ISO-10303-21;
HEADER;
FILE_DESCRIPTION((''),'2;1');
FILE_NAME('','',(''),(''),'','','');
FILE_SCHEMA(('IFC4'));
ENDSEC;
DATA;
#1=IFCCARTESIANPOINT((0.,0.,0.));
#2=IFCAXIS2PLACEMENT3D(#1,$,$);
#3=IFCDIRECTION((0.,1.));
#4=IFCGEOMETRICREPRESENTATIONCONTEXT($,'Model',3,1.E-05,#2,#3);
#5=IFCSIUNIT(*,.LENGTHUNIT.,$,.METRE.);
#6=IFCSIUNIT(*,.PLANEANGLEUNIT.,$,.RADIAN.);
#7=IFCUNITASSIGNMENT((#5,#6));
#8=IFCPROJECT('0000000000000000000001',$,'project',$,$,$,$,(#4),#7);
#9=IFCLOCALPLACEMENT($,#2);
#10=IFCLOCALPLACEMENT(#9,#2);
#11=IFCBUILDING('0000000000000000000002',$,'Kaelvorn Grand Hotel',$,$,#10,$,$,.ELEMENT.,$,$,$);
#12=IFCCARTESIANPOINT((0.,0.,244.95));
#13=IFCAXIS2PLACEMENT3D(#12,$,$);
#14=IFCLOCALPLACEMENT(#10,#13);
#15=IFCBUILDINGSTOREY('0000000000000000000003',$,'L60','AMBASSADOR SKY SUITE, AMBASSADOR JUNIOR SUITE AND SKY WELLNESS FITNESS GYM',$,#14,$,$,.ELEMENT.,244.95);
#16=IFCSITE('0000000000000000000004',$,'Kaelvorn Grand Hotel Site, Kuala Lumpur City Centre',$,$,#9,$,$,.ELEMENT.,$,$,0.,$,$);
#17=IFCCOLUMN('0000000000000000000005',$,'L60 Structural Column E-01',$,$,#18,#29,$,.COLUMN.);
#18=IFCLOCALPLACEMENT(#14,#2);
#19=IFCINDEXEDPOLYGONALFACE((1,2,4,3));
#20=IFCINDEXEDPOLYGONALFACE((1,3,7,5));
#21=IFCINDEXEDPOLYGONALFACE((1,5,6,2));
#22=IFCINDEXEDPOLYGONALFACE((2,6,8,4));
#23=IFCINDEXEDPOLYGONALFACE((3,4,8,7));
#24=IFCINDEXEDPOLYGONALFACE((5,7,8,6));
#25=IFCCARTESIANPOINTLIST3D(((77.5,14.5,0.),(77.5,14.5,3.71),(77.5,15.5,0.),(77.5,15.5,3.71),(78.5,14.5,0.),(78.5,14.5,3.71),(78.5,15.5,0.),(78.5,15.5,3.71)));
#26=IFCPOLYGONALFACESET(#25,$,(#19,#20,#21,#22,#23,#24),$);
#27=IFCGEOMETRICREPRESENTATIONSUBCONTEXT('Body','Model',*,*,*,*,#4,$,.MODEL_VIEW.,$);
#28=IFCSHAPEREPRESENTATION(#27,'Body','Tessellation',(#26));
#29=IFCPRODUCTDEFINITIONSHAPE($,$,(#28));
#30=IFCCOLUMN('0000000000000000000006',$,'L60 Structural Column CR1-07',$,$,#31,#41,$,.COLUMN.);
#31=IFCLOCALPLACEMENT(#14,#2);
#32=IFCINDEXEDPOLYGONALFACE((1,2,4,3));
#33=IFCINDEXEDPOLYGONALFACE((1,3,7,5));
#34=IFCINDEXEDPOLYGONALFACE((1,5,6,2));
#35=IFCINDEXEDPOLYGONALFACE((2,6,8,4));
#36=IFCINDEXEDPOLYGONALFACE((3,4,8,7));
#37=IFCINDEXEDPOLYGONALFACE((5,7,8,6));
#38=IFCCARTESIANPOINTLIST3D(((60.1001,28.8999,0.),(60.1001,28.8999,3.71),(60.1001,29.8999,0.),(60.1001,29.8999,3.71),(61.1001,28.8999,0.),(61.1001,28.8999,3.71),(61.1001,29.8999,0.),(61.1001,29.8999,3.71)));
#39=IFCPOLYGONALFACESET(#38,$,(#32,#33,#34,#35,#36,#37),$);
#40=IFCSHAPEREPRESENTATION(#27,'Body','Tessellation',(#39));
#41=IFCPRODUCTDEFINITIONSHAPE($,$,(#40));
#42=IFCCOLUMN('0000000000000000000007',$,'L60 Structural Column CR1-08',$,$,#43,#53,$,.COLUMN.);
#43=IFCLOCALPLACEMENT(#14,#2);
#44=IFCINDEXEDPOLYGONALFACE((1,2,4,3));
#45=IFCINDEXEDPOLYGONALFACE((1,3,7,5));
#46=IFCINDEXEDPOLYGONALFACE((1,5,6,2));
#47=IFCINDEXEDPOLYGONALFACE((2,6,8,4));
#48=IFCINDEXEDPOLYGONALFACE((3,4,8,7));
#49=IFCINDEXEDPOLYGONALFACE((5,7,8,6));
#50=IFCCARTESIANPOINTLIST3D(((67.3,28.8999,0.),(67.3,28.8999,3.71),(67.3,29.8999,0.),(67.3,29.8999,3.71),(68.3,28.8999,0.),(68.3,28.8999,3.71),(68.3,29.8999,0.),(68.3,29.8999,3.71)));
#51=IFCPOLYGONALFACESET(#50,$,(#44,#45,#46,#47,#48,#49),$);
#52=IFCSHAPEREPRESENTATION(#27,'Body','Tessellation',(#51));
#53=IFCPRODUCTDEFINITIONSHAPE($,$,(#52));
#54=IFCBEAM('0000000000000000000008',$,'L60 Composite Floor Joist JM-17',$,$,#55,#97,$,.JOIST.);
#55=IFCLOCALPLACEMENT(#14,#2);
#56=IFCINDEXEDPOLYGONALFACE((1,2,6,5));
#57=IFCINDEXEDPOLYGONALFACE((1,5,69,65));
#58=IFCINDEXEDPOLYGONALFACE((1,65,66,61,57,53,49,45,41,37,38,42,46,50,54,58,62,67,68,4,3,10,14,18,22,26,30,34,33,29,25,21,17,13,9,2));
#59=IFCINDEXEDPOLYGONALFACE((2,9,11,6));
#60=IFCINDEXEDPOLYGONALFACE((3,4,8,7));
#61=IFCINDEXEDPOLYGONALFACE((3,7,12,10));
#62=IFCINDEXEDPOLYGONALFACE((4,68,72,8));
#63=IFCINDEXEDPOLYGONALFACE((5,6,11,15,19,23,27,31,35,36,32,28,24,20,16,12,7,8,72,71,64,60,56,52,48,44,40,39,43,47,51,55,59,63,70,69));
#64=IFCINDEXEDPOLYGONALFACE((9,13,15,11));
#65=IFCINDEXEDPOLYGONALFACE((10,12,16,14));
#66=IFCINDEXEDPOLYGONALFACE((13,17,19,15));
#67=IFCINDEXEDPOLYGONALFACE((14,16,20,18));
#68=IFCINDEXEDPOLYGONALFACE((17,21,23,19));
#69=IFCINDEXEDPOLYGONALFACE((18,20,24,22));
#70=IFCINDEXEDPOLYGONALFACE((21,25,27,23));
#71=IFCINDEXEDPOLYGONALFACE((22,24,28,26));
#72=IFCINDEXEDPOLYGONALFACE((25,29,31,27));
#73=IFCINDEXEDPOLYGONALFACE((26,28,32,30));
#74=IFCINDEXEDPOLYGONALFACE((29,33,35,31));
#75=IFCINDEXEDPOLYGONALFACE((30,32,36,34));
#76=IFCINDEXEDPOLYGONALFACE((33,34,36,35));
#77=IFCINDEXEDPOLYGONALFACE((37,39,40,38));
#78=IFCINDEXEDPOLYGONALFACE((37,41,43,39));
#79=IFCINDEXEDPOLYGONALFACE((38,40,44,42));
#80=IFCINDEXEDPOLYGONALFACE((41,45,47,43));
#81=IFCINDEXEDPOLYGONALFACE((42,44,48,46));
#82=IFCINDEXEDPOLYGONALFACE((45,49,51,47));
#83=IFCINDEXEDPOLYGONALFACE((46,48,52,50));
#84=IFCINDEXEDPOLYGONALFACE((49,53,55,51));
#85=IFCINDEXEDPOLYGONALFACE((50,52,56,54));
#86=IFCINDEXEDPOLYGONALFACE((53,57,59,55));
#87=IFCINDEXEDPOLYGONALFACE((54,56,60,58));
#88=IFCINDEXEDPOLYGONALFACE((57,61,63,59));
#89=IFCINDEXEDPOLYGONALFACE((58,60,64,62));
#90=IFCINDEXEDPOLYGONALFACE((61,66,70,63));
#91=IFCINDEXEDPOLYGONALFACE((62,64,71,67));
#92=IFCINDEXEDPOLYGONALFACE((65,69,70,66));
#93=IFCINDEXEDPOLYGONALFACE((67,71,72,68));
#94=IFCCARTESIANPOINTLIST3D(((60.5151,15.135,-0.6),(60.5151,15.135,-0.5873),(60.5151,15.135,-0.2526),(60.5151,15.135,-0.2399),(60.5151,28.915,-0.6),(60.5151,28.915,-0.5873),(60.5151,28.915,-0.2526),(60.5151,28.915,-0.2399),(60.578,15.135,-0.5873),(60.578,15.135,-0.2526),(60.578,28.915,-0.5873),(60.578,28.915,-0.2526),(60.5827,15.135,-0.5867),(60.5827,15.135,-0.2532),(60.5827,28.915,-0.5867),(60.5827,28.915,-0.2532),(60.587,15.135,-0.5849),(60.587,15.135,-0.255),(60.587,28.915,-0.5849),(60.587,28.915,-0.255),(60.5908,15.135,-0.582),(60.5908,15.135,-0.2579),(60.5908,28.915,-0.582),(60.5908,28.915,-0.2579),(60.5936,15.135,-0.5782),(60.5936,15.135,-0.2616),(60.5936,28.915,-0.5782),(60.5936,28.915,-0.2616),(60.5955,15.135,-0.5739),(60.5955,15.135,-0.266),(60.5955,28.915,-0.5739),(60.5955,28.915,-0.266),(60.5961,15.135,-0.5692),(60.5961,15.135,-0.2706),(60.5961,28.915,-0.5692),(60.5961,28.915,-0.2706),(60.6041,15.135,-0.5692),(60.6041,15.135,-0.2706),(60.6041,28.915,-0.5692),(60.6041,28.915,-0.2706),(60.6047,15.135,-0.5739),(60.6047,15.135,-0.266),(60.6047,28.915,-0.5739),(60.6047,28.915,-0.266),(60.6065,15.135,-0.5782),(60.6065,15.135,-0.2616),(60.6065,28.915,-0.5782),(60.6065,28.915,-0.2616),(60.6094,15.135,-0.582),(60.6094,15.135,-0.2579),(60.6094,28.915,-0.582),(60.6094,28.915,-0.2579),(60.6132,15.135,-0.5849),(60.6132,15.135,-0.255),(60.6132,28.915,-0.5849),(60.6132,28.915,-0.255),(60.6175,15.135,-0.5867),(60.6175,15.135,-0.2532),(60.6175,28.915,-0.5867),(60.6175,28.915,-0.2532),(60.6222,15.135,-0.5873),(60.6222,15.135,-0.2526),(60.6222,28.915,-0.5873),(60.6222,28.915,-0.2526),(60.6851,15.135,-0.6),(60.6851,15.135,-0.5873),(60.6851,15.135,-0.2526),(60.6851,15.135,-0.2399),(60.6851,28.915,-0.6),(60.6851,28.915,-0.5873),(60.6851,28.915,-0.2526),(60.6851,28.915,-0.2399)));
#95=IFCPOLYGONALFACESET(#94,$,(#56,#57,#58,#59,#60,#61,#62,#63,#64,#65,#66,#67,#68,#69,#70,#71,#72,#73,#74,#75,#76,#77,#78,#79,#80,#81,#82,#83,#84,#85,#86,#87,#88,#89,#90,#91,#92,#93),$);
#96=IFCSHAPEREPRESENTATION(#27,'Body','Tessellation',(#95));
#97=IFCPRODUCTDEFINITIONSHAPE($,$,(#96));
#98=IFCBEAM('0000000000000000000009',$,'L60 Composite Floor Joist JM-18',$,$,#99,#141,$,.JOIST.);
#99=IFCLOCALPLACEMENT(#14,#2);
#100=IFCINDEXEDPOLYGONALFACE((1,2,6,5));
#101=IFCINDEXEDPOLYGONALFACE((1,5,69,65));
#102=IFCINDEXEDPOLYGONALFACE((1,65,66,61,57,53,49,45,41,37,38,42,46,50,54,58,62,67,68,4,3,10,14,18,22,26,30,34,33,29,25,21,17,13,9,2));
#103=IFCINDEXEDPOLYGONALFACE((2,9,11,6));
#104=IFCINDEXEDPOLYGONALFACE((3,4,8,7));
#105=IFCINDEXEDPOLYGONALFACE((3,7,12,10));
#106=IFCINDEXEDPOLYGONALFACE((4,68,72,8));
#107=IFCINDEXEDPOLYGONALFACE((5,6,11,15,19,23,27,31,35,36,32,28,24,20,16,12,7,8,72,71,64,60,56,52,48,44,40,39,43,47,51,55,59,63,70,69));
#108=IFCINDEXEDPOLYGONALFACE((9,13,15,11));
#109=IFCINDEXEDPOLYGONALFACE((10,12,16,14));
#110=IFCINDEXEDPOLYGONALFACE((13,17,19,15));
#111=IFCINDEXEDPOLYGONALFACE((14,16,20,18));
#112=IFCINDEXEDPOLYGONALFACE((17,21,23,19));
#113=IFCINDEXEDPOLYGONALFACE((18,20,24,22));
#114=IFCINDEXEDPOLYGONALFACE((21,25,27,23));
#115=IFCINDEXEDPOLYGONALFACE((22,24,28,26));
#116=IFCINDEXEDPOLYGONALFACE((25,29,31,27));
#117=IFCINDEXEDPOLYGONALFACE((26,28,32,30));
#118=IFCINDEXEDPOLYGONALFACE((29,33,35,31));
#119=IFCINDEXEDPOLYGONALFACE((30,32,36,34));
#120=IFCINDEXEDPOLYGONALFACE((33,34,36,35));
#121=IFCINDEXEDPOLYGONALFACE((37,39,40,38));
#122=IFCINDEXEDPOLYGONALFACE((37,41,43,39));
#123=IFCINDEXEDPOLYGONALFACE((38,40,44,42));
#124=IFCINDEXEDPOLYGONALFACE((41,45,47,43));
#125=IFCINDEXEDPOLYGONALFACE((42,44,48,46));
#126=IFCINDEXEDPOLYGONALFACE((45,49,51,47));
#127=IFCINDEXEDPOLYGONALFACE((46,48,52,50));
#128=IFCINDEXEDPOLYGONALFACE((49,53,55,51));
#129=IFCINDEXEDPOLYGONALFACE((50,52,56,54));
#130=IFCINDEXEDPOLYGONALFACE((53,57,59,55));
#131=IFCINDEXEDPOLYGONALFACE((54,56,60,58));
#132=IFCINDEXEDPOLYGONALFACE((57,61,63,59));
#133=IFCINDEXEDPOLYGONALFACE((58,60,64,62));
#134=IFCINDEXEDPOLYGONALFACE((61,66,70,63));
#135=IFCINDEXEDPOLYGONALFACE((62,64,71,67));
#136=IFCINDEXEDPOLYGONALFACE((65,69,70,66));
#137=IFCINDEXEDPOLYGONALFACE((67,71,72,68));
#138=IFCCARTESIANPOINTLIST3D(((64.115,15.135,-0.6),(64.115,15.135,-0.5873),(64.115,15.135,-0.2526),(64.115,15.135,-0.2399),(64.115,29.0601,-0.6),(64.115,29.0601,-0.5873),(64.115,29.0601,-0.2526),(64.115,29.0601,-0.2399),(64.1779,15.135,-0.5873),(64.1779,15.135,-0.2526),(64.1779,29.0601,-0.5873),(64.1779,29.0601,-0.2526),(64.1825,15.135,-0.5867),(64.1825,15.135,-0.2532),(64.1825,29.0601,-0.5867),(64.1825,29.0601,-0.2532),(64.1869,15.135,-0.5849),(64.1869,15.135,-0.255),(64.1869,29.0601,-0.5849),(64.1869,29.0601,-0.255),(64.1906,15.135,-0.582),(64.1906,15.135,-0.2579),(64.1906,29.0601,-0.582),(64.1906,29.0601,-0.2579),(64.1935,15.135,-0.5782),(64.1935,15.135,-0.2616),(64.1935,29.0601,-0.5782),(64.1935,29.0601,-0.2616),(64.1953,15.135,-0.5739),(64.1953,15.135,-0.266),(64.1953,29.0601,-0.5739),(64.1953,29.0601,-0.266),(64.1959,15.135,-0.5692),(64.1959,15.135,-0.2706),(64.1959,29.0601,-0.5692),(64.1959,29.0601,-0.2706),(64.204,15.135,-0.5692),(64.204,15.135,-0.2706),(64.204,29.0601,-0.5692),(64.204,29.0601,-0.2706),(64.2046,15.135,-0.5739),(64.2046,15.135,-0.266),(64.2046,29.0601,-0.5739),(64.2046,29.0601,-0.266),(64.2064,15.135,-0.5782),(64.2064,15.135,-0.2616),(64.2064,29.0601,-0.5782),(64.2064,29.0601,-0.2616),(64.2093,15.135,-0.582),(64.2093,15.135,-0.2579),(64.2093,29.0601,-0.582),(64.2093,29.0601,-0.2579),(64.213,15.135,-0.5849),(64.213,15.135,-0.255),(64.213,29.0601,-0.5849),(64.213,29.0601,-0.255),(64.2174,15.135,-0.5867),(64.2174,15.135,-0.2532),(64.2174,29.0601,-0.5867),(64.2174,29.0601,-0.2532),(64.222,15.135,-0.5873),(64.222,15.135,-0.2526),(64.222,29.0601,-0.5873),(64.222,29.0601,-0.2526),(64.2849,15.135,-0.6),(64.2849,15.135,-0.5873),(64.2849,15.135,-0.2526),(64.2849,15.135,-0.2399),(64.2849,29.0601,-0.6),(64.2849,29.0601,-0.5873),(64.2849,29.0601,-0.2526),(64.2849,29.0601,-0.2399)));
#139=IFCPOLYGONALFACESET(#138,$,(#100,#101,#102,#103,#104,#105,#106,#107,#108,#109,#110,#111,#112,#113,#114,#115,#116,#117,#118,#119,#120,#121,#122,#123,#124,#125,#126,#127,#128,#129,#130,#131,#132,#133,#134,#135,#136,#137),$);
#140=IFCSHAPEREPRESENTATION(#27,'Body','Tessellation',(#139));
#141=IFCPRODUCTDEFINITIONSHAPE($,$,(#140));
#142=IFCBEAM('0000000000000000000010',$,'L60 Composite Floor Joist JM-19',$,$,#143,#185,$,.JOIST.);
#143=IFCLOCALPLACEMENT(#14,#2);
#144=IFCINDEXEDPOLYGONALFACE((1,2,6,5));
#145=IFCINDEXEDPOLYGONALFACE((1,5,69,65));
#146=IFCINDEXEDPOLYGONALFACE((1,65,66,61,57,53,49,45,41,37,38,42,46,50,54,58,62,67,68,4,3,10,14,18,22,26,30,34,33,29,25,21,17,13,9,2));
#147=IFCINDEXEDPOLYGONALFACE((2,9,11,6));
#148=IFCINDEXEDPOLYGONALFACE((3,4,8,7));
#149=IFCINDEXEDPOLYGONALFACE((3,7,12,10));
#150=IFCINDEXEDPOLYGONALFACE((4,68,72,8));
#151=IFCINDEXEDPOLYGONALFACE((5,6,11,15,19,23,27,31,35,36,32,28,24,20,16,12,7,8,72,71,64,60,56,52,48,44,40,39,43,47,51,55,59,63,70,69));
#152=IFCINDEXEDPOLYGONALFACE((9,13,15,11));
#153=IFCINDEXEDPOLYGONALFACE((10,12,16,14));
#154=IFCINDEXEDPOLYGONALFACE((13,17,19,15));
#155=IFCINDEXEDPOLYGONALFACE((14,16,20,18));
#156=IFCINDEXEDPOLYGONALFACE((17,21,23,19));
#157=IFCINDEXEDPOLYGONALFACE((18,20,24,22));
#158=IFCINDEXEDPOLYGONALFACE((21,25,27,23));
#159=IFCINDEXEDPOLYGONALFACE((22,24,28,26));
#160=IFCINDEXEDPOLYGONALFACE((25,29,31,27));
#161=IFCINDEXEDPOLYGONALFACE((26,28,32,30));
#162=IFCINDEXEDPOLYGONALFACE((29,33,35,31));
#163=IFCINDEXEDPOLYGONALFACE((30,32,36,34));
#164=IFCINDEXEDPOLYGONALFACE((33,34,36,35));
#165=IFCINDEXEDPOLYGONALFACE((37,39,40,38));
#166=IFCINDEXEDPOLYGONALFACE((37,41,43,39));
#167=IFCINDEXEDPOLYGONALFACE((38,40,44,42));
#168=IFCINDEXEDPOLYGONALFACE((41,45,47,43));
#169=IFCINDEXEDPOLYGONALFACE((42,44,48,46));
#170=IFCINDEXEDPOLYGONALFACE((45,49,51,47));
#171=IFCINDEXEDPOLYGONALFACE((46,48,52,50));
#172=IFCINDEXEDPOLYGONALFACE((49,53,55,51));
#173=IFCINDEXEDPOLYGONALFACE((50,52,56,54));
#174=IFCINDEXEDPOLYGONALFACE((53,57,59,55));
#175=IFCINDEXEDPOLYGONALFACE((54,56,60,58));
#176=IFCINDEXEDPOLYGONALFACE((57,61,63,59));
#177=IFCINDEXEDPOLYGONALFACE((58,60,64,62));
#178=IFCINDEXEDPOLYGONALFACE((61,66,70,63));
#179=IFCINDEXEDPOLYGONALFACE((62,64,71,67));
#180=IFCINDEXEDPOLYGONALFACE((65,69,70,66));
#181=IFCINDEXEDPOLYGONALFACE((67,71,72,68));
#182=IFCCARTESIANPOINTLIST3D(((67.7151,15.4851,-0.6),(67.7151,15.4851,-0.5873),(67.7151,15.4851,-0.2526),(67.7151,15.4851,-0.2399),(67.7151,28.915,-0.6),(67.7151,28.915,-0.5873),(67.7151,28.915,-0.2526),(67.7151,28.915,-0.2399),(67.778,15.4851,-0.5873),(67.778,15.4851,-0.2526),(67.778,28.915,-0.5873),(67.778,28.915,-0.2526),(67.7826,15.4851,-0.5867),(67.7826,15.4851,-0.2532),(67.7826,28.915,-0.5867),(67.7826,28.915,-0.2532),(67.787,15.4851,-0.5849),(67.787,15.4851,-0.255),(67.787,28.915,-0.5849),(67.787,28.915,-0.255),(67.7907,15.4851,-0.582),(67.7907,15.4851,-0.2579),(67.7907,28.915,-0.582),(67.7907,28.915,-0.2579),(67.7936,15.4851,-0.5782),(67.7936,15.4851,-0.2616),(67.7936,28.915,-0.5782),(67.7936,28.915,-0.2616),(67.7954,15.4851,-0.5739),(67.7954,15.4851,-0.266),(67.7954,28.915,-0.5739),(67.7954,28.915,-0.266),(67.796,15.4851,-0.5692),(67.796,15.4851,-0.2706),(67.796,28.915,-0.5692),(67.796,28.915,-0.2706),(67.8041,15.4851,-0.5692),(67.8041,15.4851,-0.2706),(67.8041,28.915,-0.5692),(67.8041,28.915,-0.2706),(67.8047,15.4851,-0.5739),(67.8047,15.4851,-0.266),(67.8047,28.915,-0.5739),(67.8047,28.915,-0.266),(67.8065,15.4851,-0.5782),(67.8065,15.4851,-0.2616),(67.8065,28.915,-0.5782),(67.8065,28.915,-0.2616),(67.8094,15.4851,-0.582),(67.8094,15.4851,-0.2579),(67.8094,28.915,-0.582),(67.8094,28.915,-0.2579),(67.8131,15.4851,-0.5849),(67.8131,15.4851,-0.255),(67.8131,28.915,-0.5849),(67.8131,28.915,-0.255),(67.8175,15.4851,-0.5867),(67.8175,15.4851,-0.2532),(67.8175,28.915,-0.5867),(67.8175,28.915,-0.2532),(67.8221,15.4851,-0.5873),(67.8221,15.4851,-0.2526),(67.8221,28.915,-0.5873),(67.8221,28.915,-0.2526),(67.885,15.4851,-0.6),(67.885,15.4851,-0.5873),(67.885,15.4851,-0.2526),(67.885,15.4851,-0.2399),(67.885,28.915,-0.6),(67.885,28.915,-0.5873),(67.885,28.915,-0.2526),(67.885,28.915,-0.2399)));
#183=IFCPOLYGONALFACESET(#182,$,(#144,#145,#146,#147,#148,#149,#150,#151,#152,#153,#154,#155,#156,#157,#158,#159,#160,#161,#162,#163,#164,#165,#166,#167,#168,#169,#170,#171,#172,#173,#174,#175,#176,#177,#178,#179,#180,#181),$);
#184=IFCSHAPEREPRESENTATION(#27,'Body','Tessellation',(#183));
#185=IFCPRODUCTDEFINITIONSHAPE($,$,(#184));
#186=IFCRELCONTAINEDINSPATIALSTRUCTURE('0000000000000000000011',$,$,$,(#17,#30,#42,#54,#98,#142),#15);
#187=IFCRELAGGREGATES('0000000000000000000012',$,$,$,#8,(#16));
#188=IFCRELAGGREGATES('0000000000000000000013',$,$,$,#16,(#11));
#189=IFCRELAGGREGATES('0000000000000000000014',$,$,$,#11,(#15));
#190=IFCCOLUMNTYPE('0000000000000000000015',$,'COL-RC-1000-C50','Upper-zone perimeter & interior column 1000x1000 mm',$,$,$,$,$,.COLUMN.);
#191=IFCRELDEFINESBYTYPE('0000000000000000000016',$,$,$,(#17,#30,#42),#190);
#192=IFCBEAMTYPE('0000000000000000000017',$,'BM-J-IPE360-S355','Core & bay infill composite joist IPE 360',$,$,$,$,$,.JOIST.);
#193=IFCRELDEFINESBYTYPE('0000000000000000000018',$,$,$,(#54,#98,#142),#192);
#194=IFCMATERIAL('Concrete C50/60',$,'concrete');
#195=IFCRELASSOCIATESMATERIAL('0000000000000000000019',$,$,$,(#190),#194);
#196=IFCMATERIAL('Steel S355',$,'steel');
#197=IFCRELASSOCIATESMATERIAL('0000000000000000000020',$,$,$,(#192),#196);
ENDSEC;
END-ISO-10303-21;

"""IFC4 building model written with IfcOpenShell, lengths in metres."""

from ifc_helpers import new_model, si_unit, direction, frame, origin, origin_2d, place, context, subcontext, project, spatial, rectangle, i_section, extrude, material, material_profile, profile_set, type_object, element, save


model = new_model("IFC4")

# Units and contexts
model_context = context("Model", 3, precision=1e-05, world=origin(), true_north=direction((0.0, 1.0)))
body_context = subcontext(model_context, "Body", "Model", "MODEL_VIEW")
ifc_project = project(units=[si_unit("LENGTHUNIT", "METRE"), si_unit("PLANEANGLEUNIT", "RADIAN")], contexts=[model_context])

# Site, building, storey
site_placement = place(None, origin())
site = spatial("IfcSite", under=ifc_project, at=site_placement, Name="Kaelvorn Grand Hotel Site, Kuala Lumpur City Centre", CompositionType="ELEMENT", RefElevation=0.0)
building_placement = place(site_placement, origin())
building = spatial("IfcBuilding", under=site, at=building_placement, Name="Kaelvorn Grand Hotel", CompositionType="ELEMENT")
storey_placement = place(building_placement, frame((0.0, 0.0, 244.95)))
storey = spatial("IfcBuildingStorey", under=building, at=storey_placement, Name="L60", Description="AMBASSADOR SKY SUITE, AMBASSADOR JUNIOR SUITE AND SKY WELLNESS FITNESS GYM", CompositionType="ELEMENT", Elevation=244.95)

# Columns
ifc_material_1 = material(Name="Concrete C50/60", Category="concrete")
ifc_material_profile_1 = material_profile(ifc_material_1, rectangle(XDim=1.0, YDim=1.0, at=origin_2d()), Name="RC COL 1000x1000")
ifc_profile_set_1 = profile_set([ifc_material_profile_1], Name="Concrete C50/60")
column_type = type_object("IfcColumnType", Name="COL-RC-1000-C50", Description="Upper-zone perimeter & interior column 1000x1000 mm", PredefinedType="COLUMN", material=ifc_profile_set_1)
for number, where, z_axis, x_axis, name in (
    (1, (78.0, 15.0, 0.0), (0.0, 0.0, 1.0), (1.0, 0.0, 0.0), "L60 Structural Column E-01"),
    (2, (60.6001, 29.3999, 0.0), (0.0, 0.0, 1.0), (1.0, 0.0, 0.0), "L60 Structural Column CR1-07"),
    (3, (67.8, 29.3999, 0.0), (0.0, 0.0, 1.0), (1.0, 0.0, 0.0), "L60 Structural Column CR1-08"),
):
    element("IfcColumn", number, at=place(storey_placement, frame(where, z_axis=z_axis, x_axis=x_axis)), inside=storey, type_object=column_type, Name=name, PredefinedType="COLUMN", context=body_context, shape_type="SweptSolid", body=[
        extrude(rectangle(XDim=1.0, YDim=1.0, at=origin_2d()), origin(), (0.0, 0.0, 1.0), 3.71),
    ])

# Beams
ifc_material_2 = material(Name="Steel S355", Category="steel")
ifc_material_profile_2 = material_profile(ifc_material_2, i_section(OverallWidth=0.1699, OverallDepth=0.3601, WebThickness=0.0081, FlangeThickness=0.0127, FilletRadius=0.0181, at=origin_2d()), Name="IPE 360")
ifc_profile_set_2 = profile_set([ifc_material_profile_2], Name="Steel S355")
beam_type_1 = type_object("IfcBeamType", Name="BM-J-IPE360-S355", Description="Core & bay infill composite joist IPE 360", PredefinedType="JOIST", material=ifc_profile_set_2)
beam_1_placement = place(storey_placement, frame((60.6001, 15.135, -0.4199), z_axis=(0.0, 1.0, 0.0), x_axis=(-1.0, 0.0, 0.0)))
element("IfcBeam", 4, at=beam_1_placement, inside=storey, type_object=beam_type_1, Name="L60 Composite Floor Joist JM-17", PredefinedType="JOIST", context=body_context, shape_type="SweptSolid", body=[
    extrude(i_section(OverallWidth=0.1699, OverallDepth=0.3601, WebThickness=0.0081, FlangeThickness=0.0127, FilletRadius=0.0181, at=origin_2d()), origin(), (0.0, 0.0, 1.0), 13.78),
])
beam_2_placement = place(storey_placement, frame((64.2, 15.135, -0.4199), z_axis=(0.0, 1.0, 0.0), x_axis=(-1.0, 0.0, 0.0)))
element("IfcBeam", 5, at=beam_2_placement, inside=storey, type_object=beam_type_1, Name="L60 Composite Floor Joist JM-18", PredefinedType="JOIST", context=body_context, shape_type="SweptSolid", body=[
    extrude(i_section(OverallWidth=0.1699, OverallDepth=0.3601, WebThickness=0.0081, FlangeThickness=0.0127, FilletRadius=0.0181, at=origin_2d()), origin(), (0.0, 0.0, 1.0), 13.925),
])
beam_3_placement = place(storey_placement, frame((67.8, 15.4851, -0.4199), z_axis=(0.0, 1.0, 0.0), x_axis=(-1.0, 0.0, 0.0)))
element("IfcBeam", 6, at=beam_3_placement, inside=storey, type_object=beam_type_1, Name="L60 Composite Floor Joist JM-19", PredefinedType="JOIST", context=body_context, shape_type="SweptSolid", body=[
    extrude(i_section(OverallWidth=0.1699, OverallDepth=0.3601, WebThickness=0.0081, FlangeThickness=0.0127, FilletRadius=0.0181, at=origin_2d()), origin(), (0.0, 0.0, 1.0), 13.4299),
])

save(model, "model.ifc")
